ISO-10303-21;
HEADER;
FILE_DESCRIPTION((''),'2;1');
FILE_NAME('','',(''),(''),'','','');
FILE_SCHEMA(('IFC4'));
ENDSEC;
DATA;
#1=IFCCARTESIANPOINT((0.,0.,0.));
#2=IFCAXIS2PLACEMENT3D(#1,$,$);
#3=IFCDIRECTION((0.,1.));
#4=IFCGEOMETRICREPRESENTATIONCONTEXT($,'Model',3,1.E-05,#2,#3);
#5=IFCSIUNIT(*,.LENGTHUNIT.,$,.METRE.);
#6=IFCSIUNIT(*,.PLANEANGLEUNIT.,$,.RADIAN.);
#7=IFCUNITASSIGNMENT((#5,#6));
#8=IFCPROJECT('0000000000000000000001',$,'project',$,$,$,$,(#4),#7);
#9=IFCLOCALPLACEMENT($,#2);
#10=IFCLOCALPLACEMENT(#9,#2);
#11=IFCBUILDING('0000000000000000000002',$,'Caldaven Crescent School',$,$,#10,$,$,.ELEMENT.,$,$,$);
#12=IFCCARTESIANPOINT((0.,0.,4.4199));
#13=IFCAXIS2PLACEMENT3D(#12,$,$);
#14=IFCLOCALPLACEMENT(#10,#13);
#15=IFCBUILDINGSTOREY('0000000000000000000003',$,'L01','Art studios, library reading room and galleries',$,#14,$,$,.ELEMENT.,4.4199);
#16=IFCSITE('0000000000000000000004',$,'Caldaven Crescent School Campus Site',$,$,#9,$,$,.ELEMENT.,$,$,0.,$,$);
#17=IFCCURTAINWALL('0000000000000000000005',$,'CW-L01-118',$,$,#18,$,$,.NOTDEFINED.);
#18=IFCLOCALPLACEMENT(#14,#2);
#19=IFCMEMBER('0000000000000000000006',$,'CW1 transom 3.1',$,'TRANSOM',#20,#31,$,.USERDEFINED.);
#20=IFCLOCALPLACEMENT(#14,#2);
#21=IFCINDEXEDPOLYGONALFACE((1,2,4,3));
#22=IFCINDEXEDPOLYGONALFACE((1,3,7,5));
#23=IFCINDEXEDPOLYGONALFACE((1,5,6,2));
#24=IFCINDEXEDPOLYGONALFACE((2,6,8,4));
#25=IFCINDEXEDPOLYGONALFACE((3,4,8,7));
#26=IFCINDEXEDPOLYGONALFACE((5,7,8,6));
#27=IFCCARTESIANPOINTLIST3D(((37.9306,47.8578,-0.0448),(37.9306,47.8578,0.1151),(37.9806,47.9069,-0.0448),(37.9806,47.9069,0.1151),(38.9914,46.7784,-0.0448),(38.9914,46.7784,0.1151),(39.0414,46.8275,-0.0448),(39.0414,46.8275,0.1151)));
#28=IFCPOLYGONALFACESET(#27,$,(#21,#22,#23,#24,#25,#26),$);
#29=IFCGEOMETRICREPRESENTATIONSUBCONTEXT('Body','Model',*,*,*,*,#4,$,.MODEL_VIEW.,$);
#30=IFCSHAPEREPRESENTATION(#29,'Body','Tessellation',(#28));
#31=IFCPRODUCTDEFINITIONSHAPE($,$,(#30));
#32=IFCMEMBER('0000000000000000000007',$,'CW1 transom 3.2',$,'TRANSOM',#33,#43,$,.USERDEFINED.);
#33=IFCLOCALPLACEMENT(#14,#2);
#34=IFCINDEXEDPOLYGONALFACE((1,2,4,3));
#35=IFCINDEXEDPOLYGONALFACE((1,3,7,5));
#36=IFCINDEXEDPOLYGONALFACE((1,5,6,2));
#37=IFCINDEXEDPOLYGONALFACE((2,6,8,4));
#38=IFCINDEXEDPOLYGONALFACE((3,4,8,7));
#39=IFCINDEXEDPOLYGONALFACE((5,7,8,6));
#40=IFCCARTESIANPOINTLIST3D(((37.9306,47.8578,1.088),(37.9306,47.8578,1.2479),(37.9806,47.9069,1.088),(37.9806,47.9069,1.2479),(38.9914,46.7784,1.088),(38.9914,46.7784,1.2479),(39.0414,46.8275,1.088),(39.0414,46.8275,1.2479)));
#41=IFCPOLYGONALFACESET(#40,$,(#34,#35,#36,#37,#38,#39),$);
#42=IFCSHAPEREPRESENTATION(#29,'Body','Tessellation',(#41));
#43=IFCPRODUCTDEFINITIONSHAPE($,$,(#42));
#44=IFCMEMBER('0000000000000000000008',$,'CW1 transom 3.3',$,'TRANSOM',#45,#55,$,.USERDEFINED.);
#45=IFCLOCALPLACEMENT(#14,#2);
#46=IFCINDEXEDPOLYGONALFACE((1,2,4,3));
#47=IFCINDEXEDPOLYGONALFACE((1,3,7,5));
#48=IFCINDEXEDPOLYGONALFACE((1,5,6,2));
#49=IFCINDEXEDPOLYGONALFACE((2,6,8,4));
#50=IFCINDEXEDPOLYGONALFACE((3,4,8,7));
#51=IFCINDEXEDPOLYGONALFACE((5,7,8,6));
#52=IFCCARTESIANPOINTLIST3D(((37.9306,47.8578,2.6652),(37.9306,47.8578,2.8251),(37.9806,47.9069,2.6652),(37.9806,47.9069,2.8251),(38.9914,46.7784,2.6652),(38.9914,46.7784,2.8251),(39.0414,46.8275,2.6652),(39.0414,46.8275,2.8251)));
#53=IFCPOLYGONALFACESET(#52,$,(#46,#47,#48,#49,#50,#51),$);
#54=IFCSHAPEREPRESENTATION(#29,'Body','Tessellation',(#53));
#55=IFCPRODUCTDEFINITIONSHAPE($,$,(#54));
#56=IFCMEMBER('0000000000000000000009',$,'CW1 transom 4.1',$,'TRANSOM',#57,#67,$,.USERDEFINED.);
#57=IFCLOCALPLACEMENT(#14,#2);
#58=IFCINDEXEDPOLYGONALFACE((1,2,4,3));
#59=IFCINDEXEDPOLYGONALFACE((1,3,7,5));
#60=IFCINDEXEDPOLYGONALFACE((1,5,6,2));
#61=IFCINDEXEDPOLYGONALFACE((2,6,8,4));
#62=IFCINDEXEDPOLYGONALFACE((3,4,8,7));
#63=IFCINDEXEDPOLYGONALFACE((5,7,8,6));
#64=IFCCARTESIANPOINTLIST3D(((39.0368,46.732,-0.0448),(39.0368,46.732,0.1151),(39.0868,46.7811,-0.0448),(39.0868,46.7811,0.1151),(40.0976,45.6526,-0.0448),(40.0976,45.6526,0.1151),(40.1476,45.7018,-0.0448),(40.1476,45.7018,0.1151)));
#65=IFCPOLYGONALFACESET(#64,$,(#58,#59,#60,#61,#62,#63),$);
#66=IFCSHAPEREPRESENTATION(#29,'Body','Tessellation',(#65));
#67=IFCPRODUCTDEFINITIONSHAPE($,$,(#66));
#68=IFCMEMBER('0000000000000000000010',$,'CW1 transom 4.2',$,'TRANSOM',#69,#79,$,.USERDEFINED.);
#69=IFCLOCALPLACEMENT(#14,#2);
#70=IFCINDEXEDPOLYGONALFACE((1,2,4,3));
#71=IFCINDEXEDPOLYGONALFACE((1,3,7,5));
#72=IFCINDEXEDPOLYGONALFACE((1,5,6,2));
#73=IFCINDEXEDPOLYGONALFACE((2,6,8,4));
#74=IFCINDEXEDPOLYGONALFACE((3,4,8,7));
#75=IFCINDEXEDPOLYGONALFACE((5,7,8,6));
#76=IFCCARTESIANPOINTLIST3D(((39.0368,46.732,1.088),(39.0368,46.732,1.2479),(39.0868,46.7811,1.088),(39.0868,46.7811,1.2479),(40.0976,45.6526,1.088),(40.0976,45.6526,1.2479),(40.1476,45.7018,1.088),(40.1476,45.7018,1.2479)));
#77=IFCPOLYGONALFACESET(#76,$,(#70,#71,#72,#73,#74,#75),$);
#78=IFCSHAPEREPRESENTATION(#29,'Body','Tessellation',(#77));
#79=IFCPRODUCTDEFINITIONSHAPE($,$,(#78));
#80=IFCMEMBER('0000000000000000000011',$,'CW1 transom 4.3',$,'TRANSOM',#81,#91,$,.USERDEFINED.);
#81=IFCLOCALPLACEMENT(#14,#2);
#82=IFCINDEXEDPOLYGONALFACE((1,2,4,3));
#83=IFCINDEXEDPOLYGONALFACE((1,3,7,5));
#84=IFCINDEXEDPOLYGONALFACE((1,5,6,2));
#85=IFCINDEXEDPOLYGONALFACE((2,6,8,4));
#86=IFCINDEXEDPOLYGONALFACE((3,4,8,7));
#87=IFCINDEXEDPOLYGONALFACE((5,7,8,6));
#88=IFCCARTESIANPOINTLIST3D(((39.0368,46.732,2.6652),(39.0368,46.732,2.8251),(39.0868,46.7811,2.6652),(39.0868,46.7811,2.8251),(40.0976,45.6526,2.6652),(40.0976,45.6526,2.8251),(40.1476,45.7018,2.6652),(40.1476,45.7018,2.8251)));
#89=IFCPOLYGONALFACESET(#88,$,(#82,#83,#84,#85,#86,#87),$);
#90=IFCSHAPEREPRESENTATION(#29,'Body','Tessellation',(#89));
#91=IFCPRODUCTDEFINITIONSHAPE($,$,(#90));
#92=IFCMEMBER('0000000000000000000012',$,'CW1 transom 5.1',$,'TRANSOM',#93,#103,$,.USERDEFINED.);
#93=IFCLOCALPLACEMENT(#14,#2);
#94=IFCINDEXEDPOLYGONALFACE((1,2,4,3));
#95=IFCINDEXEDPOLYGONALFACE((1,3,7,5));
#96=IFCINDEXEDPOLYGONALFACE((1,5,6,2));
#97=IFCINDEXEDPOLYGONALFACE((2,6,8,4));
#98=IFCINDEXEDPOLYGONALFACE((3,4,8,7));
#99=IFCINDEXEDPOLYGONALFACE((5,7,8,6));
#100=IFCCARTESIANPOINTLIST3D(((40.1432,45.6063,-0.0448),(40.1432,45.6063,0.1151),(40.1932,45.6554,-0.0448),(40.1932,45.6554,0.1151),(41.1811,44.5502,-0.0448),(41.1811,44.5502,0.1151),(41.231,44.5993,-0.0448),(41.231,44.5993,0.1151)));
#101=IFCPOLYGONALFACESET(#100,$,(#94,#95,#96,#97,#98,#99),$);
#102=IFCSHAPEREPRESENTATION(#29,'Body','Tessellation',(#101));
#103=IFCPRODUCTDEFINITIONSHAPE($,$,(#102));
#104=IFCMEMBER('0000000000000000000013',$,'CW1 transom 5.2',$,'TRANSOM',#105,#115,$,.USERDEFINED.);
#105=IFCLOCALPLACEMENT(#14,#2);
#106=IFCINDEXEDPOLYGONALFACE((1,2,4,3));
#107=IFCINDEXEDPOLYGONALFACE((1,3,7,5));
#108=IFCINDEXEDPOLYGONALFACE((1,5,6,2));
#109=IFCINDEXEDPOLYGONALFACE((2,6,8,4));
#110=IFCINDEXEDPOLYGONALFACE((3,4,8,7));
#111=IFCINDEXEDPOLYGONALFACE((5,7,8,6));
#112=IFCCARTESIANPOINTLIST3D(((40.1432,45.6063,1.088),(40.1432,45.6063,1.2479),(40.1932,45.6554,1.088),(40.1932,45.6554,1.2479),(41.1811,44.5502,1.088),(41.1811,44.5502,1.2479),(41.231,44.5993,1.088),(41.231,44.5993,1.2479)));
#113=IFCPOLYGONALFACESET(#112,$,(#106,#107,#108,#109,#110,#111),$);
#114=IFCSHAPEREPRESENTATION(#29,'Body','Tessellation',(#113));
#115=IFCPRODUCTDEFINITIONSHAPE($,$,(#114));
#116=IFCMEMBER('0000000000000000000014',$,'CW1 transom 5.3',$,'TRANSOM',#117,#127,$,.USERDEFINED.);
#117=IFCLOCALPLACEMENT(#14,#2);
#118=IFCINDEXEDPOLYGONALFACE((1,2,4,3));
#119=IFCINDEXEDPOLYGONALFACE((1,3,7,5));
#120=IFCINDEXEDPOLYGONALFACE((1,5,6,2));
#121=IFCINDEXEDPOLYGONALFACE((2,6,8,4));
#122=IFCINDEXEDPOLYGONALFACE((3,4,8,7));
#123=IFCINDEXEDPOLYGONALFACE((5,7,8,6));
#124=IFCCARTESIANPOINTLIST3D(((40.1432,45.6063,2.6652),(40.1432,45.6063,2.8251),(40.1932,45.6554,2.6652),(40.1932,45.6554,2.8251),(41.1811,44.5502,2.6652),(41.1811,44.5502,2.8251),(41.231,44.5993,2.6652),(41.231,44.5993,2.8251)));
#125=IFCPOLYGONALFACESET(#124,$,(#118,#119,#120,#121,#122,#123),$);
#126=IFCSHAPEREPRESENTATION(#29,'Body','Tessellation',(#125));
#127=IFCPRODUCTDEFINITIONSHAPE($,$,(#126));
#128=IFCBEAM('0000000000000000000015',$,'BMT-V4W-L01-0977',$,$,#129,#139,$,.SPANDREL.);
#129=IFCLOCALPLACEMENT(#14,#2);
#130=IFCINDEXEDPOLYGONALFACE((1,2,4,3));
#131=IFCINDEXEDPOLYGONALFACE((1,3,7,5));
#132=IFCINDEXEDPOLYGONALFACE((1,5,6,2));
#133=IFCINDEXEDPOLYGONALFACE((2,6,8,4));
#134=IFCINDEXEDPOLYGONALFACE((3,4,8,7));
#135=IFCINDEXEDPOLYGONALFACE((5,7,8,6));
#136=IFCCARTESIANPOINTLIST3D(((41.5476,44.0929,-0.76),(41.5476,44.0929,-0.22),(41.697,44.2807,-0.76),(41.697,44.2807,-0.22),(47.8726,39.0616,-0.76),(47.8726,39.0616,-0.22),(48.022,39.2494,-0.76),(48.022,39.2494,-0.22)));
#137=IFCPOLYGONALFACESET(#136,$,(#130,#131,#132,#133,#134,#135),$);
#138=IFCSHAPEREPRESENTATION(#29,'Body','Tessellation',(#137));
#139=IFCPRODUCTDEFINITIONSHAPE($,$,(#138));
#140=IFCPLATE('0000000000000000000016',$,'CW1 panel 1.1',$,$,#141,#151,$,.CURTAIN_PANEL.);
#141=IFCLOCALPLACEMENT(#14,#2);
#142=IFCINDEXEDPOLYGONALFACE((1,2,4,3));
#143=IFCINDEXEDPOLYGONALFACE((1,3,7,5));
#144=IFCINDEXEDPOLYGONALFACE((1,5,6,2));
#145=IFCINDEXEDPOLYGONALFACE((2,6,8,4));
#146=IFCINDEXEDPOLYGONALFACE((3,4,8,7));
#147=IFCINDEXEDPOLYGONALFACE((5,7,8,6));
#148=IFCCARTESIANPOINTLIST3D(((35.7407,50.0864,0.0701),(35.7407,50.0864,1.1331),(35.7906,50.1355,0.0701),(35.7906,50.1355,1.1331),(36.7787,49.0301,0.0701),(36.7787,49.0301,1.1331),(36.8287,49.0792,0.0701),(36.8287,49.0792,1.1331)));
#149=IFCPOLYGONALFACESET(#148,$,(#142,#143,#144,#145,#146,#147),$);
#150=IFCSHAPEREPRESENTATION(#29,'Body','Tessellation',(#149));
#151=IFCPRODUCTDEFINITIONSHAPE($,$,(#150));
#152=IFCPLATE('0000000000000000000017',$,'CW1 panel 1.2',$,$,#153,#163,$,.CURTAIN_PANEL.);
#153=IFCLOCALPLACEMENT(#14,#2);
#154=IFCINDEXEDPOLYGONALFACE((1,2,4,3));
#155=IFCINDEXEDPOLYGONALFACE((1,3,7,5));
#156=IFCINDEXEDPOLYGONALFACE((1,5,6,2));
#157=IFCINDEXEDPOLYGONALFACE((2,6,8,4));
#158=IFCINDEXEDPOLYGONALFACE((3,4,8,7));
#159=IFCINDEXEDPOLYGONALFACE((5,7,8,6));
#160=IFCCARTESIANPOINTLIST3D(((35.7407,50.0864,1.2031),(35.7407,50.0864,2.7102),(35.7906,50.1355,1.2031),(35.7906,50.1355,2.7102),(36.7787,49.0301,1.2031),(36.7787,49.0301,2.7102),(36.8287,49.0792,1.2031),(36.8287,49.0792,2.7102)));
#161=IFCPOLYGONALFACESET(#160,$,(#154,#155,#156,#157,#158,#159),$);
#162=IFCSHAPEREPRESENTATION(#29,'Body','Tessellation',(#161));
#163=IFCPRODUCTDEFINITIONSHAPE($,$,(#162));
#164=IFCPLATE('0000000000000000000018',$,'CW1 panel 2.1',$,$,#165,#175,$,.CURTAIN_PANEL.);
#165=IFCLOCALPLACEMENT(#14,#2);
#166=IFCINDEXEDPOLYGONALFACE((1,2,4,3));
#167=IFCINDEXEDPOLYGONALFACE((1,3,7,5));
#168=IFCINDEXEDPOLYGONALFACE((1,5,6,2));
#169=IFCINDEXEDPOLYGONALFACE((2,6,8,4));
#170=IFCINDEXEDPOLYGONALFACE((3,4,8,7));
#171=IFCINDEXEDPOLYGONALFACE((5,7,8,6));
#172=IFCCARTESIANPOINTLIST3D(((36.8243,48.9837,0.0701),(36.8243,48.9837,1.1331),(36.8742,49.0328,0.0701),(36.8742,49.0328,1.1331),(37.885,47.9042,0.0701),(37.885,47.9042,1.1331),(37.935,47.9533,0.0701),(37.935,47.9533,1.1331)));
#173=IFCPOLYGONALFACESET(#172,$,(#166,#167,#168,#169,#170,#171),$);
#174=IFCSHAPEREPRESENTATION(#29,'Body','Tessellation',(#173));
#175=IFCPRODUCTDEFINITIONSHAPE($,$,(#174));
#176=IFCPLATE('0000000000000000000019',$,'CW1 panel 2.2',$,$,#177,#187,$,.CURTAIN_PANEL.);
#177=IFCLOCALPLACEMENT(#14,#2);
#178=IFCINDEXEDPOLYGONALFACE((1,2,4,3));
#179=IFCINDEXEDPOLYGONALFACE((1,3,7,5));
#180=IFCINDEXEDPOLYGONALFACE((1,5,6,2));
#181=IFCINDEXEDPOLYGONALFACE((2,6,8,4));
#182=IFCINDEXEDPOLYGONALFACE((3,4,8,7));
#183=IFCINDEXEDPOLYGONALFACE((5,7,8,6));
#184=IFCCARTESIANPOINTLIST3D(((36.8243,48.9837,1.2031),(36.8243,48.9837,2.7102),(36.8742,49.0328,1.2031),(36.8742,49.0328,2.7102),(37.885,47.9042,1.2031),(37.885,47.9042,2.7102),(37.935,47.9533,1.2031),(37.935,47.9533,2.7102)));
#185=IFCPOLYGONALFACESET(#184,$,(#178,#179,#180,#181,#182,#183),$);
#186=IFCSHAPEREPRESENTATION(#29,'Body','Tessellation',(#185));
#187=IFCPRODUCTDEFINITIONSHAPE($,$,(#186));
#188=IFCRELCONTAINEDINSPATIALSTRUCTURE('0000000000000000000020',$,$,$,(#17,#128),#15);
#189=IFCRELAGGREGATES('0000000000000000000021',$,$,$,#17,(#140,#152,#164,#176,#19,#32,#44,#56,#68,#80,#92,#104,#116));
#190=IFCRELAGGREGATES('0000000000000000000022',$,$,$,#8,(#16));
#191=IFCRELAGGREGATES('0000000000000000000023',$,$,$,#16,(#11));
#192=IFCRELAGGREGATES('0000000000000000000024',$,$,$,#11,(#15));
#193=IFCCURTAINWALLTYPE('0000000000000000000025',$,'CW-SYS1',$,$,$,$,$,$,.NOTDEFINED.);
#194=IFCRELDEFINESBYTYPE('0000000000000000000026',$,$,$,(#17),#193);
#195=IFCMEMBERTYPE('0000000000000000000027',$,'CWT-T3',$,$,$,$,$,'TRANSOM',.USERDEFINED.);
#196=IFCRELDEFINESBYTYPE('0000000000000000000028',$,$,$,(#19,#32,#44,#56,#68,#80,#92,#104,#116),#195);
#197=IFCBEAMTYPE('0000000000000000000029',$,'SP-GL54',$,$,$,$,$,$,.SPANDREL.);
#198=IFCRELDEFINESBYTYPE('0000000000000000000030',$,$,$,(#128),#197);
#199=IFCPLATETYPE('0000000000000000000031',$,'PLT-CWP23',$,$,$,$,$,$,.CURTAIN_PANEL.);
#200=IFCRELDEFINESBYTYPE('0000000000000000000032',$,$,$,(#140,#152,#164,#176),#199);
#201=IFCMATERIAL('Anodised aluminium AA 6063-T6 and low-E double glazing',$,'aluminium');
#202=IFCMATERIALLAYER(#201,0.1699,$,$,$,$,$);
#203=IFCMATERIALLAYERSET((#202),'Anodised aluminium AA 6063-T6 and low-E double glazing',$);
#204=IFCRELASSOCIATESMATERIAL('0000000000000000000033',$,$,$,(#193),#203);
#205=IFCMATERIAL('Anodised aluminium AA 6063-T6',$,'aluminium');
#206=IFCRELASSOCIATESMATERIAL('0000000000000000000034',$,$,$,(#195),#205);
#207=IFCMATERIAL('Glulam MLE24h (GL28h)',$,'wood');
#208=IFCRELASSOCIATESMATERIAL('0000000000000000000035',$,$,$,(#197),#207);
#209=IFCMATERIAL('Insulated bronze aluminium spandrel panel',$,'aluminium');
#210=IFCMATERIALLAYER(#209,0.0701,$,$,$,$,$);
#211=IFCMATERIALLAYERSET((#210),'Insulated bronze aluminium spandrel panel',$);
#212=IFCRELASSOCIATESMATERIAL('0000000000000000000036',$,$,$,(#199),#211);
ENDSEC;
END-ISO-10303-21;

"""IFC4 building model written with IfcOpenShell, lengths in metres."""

from ifc_helpers import new_model, si_unit, direction, frame, origin, origin_2d, place, context, subcontext, project, spatial, rectangle, extrude, material, layer, layer_set, material_profile, profile_set, type_object, element, aggregate, save


model = new_model("IFC4")

# Units and contexts
model_context = context("Model", 3, precision=1e-05, world=origin(), true_north=direction((0.0, 1.0)))
body_context = subcontext(model_context, "Body", "Model", "MODEL_VIEW")
ifc_project = project(units=[si_unit("LENGTHUNIT", "METRE"), si_unit("PLANEANGLEUNIT", "RADIAN")], contexts=[model_context])

# Site, building, storey
site_placement = place(None, origin())
site = spatial("IfcSite", under=ifc_project, at=site_placement, Name="Caldaven Crescent School Campus Site", CompositionType="ELEMENT", RefElevation=0.0)
building_placement = place(site_placement, origin())
building = spatial("IfcBuilding", under=site, at=building_placement, Name="Caldaven Crescent School", CompositionType="ELEMENT")
storey_placement = place(building_placement, frame((0.0, 0.0, 4.4199)))
storey = spatial("IfcBuildingStorey", under=building, at=storey_placement, Name="L01", Description="Art studios, library reading room and galleries", CompositionType="ELEMENT", Elevation=4.4199)

# Shared definitions
ifc_material_1 = material(Name="Glulam MLE24h (GL28h)", Category="wood")

# Curtain wall, members
ifc_material_2 = material(Name="Anodised aluminium AA 6063-T6 and low-E double glazing", Category="aluminium")
ifc_layer_1 = layer(ifc_material_2, 0.1699)
ifc_layer_set_1 = layer_set([ifc_layer_1], Name="Anodised aluminium AA 6063-T6 and low-E double glazing")
curtain_wall_type = type_object("IfcCurtainWallType", Name="CW-SYS1", PredefinedType="NOTDEFINED", material=ifc_layer_set_1)
curtain_wall_placement = place(storey_placement, origin())
curtain_wall = element("IfcCurtainWall", 1, at=curtain_wall_placement, inside=storey, type_object=curtain_wall_type, Name="CW-L01-118", PredefinedType="NOTDEFINED")
ifc_material_3 = material(Name="Anodised aluminium AA 6063-T6", Category="aluminium")
ifc_material_profile_1 = material_profile(ifc_material_3, rectangle(XDim=0.0701, YDim=0.1599, at=origin_2d()), Name="CWT 70x160")
ifc_profile_set_1 = profile_set([ifc_material_profile_1], Name="Anodised aluminium AA 6063-T6")
member_type_1 = type_object("IfcMemberType", Name="CWT-T3", ElementType="TRANSOM", PredefinedType="USERDEFINED", material=ifc_profile_set_1)
member_1_placement = place(storey_placement, frame((37.9556, 47.8823, 0.0352), z_axis=(0.70095, -0.71321, 0.0), x_axis=(0.71321, 0.70095, 0.0)))
member_1 = element("IfcMember", 2, at=member_1_placement, type_object=member_type_1, Name="CW1 transom 3.1", ObjectType="TRANSOM", PredefinedType="USERDEFINED", context=body_context, shape_type="SweptSolid", body=[
    extrude(rectangle(XDim=0.0701, YDim=0.1599, at=origin_2d()), origin(), (0.0, 0.0, 1.0), 1.5134),
])
member_2_placement = place(storey_placement, frame((37.9556, 47.8823, 1.168), z_axis=(0.70095, -0.71321, 0.0), x_axis=(0.71321, 0.70095, 0.0)))
member_2 = element("IfcMember", 3, at=member_2_placement, type_object=member_type_1, Name="CW1 transom 3.2", ObjectType="TRANSOM", PredefinedType="USERDEFINED", context=body_context, shape_type="SweptSolid", body=[
    extrude(rectangle(XDim=0.0701, YDim=0.1599, at=origin_2d()), origin(), (0.0, 0.0, 1.0), 1.5134),
])
member_3_placement = place(storey_placement, frame((37.9556, 47.8823, 2.7451), z_axis=(0.70095, -0.71321, 0.0), x_axis=(0.71321, 0.70095, 0.0)))
member_3 = element("IfcMember", 4, at=member_3_placement, type_object=member_type_1, Name="CW1 transom 3.3", ObjectType="TRANSOM", PredefinedType="USERDEFINED", context=body_context, shape_type="SweptSolid", body=[
    extrude(rectangle(XDim=0.0701, YDim=0.1599, at=origin_2d()), origin(), (0.0, 0.0, 1.0), 1.5134),
])
member_4_placement = place(storey_placement, frame((39.0618, 46.7566, 0.0352), z_axis=(0.70095, -0.71321, 0.0), x_axis=(0.71321, 0.70095, 0.0)))
member_4 = element("IfcMember", 5, at=member_4_placement, type_object=member_type_1, Name="CW1 transom 4.1", ObjectType="TRANSOM", PredefinedType="USERDEFINED", context=body_context, shape_type="SweptSolid", body=[
    extrude(rectangle(XDim=0.0701, YDim=0.1599, at=origin_2d()), origin(), (0.0, 0.0, 1.0), 1.5134),
])
member_5_placement = place(storey_placement, frame((39.0618, 46.7566, 1.168), z_axis=(0.70095, -0.71321, 0.0), x_axis=(0.71321, 0.70095, 0.0)))
member_5 = element("IfcMember", 6, at=member_5_placement, type_object=member_type_1, Name="CW1 transom 4.2", ObjectType="TRANSOM", PredefinedType="USERDEFINED", context=body_context, shape_type="SweptSolid", body=[
    extrude(rectangle(XDim=0.0701, YDim=0.1599, at=origin_2d()), origin(), (0.0, 0.0, 1.0), 1.5134),
])
member_6_placement = place(storey_placement, frame((39.0618, 46.7566, 2.7451), z_axis=(0.70095, -0.71321, 0.0), x_axis=(0.71321, 0.70095, 0.0)))
member_6 = element("IfcMember", 7, at=member_6_placement, type_object=member_type_1, Name="CW1 transom 4.3", ObjectType="TRANSOM", PredefinedType="USERDEFINED", context=body_context, shape_type="SweptSolid", body=[
    extrude(rectangle(XDim=0.0701, YDim=0.1599, at=origin_2d()), origin(), (0.0, 0.0, 1.0), 1.5134),
])
member_7_placement = place(storey_placement, frame((40.1682, 45.6309, 0.0352), z_axis=(0.700897, -0.713263, 0.0), x_axis=(0.713263, 0.700897, 0.0)))
member_7 = element("IfcMember", 8, at=member_7_placement, type_object=member_type_1, Name="CW1 transom 5.1", ObjectType="TRANSOM", PredefinedType="USERDEFINED", context=body_context, shape_type="SweptSolid", body=[
    extrude(rectangle(XDim=0.0701, YDim=0.1599, at=origin_2d()), origin(), (0.0, 0.0, 1.0), 1.4807),
])
member_8_placement = place(storey_placement, frame((40.1682, 45.6309, 1.168), z_axis=(0.700897, -0.713263, 0.0), x_axis=(0.713263, 0.700897, 0.0)))
member_8 = element("IfcMember", 9, at=member_8_placement, type_object=member_type_1, Name="CW1 transom 5.2", ObjectType="TRANSOM", PredefinedType="USERDEFINED", context=body_context, shape_type="SweptSolid", body=[
    extrude(rectangle(XDim=0.0701, YDim=0.1599, at=origin_2d()), origin(), (0.0, 0.0, 1.0), 1.4807),
])
member_9_placement = place(storey_placement, frame((40.1682, 45.6309, 2.7451), z_axis=(0.700897, -0.713263, 0.0), x_axis=(0.713263, 0.700897, 0.0)))
member_9 = element("IfcMember", 10, at=member_9_placement, type_object=member_type_1, Name="CW1 transom 5.3", ObjectType="TRANSOM", PredefinedType="USERDEFINED", context=body_context, shape_type="SweptSolid", body=[
    extrude(rectangle(XDim=0.0701, YDim=0.1599, at=origin_2d()), origin(), (0.0, 0.0, 1.0), 1.4807),
])

# Beam
ifc_material_profile_2 = material_profile(ifc_material_1, rectangle(XDim=0.24, YDim=0.54, at=origin_2d()), Name="MLE 240x540")
ifc_profile_set_2 = profile_set([ifc_material_profile_2], Name="Glulam MLE24h (GL28h)")
beam_type_1 = type_object("IfcBeamType", Name="SP-GL54", PredefinedType="SPANDREL", material=ifc_profile_set_2)
beam_1_placement = place(storey_placement, frame((41.6223, 44.1868, -0.49), z_axis=(0.782599, -0.622527, 0.0), x_axis=(0.622527, 0.782599, 0.0)))
element("IfcBeam", 11, at=beam_1_placement, inside=storey, type_object=beam_type_1, Name="BMT-V4W-L01-0977", PredefinedType="SPANDREL", context=body_context, shape_type="SweptSolid", body=[
    extrude(rectangle(XDim=0.24, YDim=0.54, at=origin_2d()), origin(), (0.0, 0.0, 1.0), 8.082),
])

# Plates
ifc_material_4 = material(Name="Insulated bronze aluminium spandrel panel", Category="aluminium")
ifc_layer_2 = layer(ifc_material_4, 0.0701)
ifc_layer_set_2 = layer_set([ifc_layer_2], Name="Insulated bronze aluminium spandrel panel")
plate_type = type_object("IfcPlateType", Name="PLT-CWP23", PredefinedType="CURTAIN_PANEL", material=ifc_layer_set_2)
plate_1_placement = place(storey_placement, frame((36.2847, 49.5828, 0.0701), z_axis=(0.0, 0.0, 1.0), x_axis=(0.700909, -0.713251, 0.0)))
plate_1 = element("IfcPlate", 12, at=plate_1_placement, type_object=plate_type, Name="CW1 panel 1.1", PredefinedType="CURTAIN_PANEL", context=body_context, shape_type="SweptSolid", body=[
    extrude(rectangle(XDim=1.481, YDim=0.0701, at=origin_2d()), origin(), (0.0, 0.0, 1.0), 1.063),
])
plate_2_placement = place(storey_placement, frame((36.2847, 49.5828, 1.2031), z_axis=(0.0, 0.0, 1.0), x_axis=(0.700909, -0.713251, 0.0)))
plate_2 = element("IfcPlate", 13, at=plate_2_placement, type_object=plate_type, Name="CW1 panel 1.2", PredefinedType="CURTAIN_PANEL", context=body_context, shape_type="SweptSolid", body=[
    extrude(rectangle(XDim=1.481, YDim=0.0701, at=origin_2d()), origin(), (0.0, 0.0, 1.0), 1.5071),
])
plate_3_placement = place(storey_placement, frame((37.3796, 48.4685, 0.0701), z_axis=(0.0, 0.0, 1.0), x_axis=(0.700909, -0.713251, 0.0)))
plate_3 = element("IfcPlate", 14, at=plate_3_placement, type_object=plate_type, Name="CW1 panel 2.1", PredefinedType="CURTAIN_PANEL", context=body_context, shape_type="SweptSolid", body=[
    extrude(rectangle(XDim=1.5134, YDim=0.0701, at=origin_2d()), origin(), (0.0, 0.0, 1.0), 1.063),
])
plate_4_placement = place(storey_placement, frame((37.3796, 48.4685, 1.2031), z_axis=(0.0, 0.0, 1.0), x_axis=(0.700909, -0.713251, 0.0)))
plate_4 = element("IfcPlate", 15, at=plate_4_placement, type_object=plate_type, Name="CW1 panel 2.2", PredefinedType="CURTAIN_PANEL", context=body_context, shape_type="SweptSolid", body=[
    extrude(rectangle(XDim=1.5134, YDim=0.0701, at=origin_2d()), origin(), (0.0, 0.0, 1.0), 1.5071),
])
aggregate(curtain_wall, [plate_1, plate_2, plate_3, plate_4, member_1, member_2, member_3, member_4, member_5, member_6, member_7, member_8, member_9])

save(model, "model.ifc")
